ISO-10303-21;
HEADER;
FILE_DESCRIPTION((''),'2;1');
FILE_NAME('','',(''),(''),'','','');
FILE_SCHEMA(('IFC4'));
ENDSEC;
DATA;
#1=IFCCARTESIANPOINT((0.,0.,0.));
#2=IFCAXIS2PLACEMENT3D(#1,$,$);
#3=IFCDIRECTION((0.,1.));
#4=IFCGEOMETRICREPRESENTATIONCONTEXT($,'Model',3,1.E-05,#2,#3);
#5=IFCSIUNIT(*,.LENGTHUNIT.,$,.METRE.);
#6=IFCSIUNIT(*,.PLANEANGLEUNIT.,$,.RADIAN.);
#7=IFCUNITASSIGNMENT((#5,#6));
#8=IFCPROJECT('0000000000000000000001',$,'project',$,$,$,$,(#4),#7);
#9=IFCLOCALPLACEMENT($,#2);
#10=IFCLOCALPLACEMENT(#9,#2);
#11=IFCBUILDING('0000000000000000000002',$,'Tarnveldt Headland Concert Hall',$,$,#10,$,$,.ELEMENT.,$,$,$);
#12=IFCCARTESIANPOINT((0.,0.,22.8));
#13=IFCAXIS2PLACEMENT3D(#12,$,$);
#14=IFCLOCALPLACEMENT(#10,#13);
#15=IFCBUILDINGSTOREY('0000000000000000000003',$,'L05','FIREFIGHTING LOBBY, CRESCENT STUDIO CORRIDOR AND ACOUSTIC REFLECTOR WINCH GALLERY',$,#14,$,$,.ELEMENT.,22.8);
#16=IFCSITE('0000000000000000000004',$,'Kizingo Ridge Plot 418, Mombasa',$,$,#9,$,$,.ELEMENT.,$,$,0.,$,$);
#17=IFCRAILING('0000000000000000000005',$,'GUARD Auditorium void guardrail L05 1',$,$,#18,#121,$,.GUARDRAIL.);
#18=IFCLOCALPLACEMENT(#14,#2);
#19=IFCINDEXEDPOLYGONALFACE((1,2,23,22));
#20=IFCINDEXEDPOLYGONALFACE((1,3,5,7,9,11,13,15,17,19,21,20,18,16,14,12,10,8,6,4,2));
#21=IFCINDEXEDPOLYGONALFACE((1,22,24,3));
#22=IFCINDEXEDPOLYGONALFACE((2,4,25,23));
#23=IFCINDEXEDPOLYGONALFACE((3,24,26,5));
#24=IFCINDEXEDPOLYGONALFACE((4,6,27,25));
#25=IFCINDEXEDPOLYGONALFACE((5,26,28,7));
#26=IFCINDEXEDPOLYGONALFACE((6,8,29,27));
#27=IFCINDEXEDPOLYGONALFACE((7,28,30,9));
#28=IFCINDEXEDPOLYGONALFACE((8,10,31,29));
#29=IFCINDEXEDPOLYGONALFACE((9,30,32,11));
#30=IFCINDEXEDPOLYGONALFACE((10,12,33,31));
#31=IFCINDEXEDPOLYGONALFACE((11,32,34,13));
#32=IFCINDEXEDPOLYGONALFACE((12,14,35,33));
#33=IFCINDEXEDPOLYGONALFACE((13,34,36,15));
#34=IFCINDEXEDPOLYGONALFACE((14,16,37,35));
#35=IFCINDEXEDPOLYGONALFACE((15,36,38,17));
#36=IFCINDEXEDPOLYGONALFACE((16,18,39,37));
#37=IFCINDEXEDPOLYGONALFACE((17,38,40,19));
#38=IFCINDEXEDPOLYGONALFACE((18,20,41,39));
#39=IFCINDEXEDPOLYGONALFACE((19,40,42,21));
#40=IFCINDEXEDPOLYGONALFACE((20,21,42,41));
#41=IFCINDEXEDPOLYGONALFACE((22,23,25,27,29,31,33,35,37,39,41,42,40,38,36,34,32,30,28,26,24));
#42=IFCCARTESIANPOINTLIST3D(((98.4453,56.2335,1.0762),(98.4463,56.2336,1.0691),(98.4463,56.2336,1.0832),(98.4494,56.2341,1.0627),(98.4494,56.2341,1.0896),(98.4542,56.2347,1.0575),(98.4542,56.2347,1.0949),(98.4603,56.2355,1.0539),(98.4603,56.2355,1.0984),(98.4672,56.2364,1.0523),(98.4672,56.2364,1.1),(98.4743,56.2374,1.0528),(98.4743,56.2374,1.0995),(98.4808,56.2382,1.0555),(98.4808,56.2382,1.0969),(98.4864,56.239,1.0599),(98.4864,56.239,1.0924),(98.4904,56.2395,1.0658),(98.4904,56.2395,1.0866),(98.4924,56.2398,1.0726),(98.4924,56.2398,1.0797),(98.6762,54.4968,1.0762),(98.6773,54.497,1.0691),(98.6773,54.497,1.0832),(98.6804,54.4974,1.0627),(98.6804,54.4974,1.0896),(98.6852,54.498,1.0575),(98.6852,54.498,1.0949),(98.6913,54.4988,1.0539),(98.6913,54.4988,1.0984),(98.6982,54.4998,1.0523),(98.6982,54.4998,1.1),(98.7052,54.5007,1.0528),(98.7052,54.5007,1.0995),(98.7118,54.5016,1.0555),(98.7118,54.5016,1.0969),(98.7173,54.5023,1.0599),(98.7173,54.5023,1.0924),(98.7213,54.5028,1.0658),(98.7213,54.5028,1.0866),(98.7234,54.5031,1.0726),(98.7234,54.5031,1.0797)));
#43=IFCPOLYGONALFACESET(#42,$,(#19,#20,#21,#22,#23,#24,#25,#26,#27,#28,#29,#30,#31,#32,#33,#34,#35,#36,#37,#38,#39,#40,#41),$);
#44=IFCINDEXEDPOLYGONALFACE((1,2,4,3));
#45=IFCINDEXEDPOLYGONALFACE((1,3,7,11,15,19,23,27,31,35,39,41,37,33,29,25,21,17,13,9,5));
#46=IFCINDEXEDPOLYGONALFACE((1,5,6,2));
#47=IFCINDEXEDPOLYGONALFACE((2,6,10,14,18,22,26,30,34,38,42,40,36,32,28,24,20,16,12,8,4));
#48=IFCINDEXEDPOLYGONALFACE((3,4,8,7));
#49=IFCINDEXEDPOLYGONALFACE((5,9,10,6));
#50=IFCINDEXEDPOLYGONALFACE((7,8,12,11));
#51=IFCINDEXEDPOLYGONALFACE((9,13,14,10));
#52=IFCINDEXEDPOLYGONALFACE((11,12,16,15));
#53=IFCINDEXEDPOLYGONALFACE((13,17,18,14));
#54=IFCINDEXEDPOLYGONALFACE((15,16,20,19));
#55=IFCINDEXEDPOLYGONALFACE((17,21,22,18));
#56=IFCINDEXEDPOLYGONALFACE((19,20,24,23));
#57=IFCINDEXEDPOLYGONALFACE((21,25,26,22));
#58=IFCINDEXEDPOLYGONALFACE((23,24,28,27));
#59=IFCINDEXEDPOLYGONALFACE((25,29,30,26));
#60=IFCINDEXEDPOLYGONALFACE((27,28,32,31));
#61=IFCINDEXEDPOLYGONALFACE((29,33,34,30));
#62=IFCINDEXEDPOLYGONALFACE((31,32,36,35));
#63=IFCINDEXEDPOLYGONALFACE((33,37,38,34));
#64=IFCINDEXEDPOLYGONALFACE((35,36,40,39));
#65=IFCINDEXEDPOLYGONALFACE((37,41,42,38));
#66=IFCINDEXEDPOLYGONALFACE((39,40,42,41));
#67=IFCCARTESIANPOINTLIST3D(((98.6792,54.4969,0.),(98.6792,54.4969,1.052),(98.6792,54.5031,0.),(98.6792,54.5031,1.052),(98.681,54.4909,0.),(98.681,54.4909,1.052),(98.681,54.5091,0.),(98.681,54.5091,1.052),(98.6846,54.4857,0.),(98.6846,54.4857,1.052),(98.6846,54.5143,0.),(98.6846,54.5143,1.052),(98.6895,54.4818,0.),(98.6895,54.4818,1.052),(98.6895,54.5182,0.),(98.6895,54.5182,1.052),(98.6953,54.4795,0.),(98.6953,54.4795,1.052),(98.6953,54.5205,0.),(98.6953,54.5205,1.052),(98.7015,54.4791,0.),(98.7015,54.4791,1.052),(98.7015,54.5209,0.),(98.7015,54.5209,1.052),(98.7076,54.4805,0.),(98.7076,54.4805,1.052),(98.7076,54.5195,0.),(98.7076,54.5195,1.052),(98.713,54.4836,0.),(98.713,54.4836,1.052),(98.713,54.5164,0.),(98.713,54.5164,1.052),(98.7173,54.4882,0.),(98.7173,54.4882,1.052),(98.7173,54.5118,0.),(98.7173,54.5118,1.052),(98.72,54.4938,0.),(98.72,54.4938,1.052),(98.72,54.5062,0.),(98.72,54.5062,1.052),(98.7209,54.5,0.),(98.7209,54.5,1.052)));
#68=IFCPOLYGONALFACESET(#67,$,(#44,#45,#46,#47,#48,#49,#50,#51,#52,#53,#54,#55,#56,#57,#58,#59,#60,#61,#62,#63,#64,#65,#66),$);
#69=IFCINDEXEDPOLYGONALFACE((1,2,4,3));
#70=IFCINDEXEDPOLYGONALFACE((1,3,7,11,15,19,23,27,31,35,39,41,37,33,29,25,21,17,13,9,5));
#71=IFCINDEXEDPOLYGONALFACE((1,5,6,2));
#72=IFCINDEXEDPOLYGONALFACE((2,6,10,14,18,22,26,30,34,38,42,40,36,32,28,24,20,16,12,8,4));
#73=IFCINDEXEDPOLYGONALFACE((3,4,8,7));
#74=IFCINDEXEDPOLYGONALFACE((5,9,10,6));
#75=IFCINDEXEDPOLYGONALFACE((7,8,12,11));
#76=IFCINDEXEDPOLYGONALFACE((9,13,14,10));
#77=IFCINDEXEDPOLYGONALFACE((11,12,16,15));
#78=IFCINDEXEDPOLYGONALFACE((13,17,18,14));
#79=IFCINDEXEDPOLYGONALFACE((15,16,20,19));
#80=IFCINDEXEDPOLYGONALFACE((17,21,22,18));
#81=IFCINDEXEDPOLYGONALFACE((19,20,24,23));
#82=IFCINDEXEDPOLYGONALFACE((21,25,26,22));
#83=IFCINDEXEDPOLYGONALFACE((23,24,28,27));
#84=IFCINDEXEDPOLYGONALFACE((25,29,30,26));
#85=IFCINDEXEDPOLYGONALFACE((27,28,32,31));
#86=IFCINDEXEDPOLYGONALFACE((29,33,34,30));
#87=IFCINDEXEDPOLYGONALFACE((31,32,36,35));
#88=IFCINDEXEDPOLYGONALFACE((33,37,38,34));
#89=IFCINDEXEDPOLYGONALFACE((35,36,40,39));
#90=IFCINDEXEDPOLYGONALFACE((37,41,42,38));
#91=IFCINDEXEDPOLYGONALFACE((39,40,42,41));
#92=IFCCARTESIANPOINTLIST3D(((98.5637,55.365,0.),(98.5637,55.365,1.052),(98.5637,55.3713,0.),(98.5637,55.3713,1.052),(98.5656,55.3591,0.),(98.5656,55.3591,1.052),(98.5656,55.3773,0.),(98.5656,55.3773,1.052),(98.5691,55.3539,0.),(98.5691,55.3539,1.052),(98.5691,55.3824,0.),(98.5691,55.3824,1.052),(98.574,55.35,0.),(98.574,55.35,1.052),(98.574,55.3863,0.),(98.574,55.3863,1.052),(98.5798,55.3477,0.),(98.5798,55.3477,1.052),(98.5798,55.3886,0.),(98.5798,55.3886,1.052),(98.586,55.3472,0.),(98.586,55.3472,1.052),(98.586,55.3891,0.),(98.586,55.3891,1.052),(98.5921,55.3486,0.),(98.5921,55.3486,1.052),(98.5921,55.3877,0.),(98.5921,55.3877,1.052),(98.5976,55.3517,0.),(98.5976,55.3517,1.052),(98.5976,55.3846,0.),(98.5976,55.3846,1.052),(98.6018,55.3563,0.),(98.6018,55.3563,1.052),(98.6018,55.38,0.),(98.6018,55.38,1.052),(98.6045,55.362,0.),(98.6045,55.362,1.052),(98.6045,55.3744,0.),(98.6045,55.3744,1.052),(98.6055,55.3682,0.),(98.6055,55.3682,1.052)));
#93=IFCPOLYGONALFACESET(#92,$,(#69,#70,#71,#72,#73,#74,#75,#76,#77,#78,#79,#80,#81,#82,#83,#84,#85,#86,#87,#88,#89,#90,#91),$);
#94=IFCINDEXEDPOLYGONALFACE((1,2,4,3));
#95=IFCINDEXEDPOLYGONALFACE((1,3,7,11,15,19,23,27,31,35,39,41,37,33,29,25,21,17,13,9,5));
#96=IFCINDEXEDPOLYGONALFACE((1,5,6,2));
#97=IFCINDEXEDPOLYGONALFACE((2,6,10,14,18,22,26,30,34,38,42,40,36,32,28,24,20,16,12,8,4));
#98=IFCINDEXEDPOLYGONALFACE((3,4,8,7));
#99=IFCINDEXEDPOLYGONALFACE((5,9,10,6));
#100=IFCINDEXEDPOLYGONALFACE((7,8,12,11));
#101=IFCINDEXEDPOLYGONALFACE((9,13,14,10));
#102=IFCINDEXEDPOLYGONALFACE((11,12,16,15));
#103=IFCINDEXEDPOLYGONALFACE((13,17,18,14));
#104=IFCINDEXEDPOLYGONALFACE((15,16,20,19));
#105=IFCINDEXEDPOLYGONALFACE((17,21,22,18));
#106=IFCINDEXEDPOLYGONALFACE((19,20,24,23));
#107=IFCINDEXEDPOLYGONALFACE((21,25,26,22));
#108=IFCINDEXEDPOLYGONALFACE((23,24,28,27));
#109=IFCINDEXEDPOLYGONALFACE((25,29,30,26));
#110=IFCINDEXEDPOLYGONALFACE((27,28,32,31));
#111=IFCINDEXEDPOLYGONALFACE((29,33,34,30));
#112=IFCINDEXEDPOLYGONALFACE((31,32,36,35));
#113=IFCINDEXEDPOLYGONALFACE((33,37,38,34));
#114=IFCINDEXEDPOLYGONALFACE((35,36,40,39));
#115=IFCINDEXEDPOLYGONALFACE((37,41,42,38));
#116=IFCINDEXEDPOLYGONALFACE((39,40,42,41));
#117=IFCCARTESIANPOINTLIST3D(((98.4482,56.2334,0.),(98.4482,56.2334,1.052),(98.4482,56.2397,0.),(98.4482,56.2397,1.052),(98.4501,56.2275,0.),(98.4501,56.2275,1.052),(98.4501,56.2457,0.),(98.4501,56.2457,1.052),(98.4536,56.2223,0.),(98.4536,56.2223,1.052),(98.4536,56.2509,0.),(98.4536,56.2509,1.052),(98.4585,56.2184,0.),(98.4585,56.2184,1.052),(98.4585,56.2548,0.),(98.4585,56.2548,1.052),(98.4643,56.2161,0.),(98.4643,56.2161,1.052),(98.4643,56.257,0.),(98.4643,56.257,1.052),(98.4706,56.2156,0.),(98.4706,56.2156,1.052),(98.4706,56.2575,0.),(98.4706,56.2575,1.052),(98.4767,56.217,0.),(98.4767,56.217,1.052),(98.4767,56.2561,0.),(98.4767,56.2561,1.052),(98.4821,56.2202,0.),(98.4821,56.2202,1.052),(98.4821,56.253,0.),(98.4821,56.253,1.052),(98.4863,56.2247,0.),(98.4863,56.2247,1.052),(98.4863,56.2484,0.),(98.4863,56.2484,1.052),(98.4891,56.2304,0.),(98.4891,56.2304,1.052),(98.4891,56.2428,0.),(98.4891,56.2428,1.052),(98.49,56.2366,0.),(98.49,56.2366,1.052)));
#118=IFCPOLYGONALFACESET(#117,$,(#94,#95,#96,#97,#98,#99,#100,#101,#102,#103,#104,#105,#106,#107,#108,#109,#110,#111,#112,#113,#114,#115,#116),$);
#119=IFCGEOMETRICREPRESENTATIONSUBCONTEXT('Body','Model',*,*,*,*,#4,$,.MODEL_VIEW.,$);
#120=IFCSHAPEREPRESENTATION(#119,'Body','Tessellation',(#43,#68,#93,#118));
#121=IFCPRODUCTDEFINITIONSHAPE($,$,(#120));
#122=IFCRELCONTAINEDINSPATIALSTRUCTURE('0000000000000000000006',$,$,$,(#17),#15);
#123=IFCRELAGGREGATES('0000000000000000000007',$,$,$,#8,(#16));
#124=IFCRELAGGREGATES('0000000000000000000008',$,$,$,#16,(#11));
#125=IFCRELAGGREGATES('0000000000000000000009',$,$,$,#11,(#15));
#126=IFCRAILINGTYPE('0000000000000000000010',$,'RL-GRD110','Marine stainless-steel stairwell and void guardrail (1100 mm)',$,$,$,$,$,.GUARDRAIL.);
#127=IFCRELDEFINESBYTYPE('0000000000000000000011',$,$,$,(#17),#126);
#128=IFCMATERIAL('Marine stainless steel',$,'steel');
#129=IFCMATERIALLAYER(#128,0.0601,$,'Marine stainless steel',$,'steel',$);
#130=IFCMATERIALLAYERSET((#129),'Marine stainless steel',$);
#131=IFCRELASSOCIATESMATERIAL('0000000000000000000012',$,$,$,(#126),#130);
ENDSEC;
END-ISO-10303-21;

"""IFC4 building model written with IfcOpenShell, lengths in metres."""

from ifc_helpers import new_model, si_unit, direction, frame, origin, origin_2d, place, context, subcontext, project, spatial, circle, extrude, material, layer, layer_set, type_object, element, save


model = new_model("IFC4")

# Units and contexts
model_context = context("Model", 3, precision=1e-05, world=origin(), true_north=direction((0.0, 1.0)))
body_context = subcontext(model_context, "Body", "Model", "MODEL_VIEW")
ifc_project = project(units=[si_unit("LENGTHUNIT", "METRE"), si_unit("PLANEANGLEUNIT", "RADIAN")], contexts=[model_context])

# Site, building, storey
site_placement = place(None, origin())
site = spatial("IfcSite", under=ifc_project, at=site_placement, Name="Kizingo Ridge Plot 418, Mombasa", CompositionType="ELEMENT", RefElevation=0.0)
building_placement = place(site_placement, origin())
building = spatial("IfcBuilding", under=site, at=building_placement, Name="Tarnveldt Headland Concert Hall", CompositionType="ELEMENT")
storey_placement = place(building_placement, frame((0.0, 0.0, 22.8)))
storey = spatial("IfcBuildingStorey", under=building, at=storey_placement, Name="L05", Description="FIREFIGHTING LOBBY, CRESCENT STUDIO CORRIDOR AND ACOUSTIC REFLECTOR WINCH GALLERY", CompositionType="ELEMENT", Elevation=22.8)

# Railing
ifc_material_1 = material(Name="Marine stainless steel", Category="steel")
ifc_layer_1 = layer(ifc_material_1, 0.0601, Name="Marine stainless steel", Category="steel")
ifc_layer_set_1 = layer_set([ifc_layer_1], Name="Marine stainless steel")
railing_type = type_object("IfcRailingType", Name="RL-GRD110", Description="Marine stainless-steel stairwell and void guardrail (1100 mm)", PredefinedType="GUARDRAIL", material=ifc_layer_set_1)
railing_1_placement = place(storey_placement, frame((98.7, 54.5, 0.0)))
element("IfcRailing", 1, at=railing_1_placement, inside=storey, type_object=railing_type, Name="GUARD Auditorium void guardrail L05 1", PredefinedType="GUARDRAIL", context=body_context, shape_type="SweptSolid", body=[
    extrude(circle(Radius=0.0239, at=origin_2d()), frame((0.0, 0.0, 1.0762), z_axis=(-0.131835, 0.991272, 0.0), x_axis=(-0.991272, -0.131835, 0.0)), (0.0, 0.0, 1.0), 1.752),
    extrude(circle(Radius=0.021, at=origin_2d()), origin(), (0.0, 0.0, 1.0), 1.052),
    extrude(circle(Radius=0.021, at=origin_2d()), frame((-0.1155, 0.8682, 0.0)), (0.0, 0.0, 1.0), 1.052),
    extrude(circle(Radius=0.021, at=origin_2d()), frame((-0.231, 1.7366, 0.0)), (0.0, 0.0, 1.0), 1.052),
])

save(model, "model.ifc")
